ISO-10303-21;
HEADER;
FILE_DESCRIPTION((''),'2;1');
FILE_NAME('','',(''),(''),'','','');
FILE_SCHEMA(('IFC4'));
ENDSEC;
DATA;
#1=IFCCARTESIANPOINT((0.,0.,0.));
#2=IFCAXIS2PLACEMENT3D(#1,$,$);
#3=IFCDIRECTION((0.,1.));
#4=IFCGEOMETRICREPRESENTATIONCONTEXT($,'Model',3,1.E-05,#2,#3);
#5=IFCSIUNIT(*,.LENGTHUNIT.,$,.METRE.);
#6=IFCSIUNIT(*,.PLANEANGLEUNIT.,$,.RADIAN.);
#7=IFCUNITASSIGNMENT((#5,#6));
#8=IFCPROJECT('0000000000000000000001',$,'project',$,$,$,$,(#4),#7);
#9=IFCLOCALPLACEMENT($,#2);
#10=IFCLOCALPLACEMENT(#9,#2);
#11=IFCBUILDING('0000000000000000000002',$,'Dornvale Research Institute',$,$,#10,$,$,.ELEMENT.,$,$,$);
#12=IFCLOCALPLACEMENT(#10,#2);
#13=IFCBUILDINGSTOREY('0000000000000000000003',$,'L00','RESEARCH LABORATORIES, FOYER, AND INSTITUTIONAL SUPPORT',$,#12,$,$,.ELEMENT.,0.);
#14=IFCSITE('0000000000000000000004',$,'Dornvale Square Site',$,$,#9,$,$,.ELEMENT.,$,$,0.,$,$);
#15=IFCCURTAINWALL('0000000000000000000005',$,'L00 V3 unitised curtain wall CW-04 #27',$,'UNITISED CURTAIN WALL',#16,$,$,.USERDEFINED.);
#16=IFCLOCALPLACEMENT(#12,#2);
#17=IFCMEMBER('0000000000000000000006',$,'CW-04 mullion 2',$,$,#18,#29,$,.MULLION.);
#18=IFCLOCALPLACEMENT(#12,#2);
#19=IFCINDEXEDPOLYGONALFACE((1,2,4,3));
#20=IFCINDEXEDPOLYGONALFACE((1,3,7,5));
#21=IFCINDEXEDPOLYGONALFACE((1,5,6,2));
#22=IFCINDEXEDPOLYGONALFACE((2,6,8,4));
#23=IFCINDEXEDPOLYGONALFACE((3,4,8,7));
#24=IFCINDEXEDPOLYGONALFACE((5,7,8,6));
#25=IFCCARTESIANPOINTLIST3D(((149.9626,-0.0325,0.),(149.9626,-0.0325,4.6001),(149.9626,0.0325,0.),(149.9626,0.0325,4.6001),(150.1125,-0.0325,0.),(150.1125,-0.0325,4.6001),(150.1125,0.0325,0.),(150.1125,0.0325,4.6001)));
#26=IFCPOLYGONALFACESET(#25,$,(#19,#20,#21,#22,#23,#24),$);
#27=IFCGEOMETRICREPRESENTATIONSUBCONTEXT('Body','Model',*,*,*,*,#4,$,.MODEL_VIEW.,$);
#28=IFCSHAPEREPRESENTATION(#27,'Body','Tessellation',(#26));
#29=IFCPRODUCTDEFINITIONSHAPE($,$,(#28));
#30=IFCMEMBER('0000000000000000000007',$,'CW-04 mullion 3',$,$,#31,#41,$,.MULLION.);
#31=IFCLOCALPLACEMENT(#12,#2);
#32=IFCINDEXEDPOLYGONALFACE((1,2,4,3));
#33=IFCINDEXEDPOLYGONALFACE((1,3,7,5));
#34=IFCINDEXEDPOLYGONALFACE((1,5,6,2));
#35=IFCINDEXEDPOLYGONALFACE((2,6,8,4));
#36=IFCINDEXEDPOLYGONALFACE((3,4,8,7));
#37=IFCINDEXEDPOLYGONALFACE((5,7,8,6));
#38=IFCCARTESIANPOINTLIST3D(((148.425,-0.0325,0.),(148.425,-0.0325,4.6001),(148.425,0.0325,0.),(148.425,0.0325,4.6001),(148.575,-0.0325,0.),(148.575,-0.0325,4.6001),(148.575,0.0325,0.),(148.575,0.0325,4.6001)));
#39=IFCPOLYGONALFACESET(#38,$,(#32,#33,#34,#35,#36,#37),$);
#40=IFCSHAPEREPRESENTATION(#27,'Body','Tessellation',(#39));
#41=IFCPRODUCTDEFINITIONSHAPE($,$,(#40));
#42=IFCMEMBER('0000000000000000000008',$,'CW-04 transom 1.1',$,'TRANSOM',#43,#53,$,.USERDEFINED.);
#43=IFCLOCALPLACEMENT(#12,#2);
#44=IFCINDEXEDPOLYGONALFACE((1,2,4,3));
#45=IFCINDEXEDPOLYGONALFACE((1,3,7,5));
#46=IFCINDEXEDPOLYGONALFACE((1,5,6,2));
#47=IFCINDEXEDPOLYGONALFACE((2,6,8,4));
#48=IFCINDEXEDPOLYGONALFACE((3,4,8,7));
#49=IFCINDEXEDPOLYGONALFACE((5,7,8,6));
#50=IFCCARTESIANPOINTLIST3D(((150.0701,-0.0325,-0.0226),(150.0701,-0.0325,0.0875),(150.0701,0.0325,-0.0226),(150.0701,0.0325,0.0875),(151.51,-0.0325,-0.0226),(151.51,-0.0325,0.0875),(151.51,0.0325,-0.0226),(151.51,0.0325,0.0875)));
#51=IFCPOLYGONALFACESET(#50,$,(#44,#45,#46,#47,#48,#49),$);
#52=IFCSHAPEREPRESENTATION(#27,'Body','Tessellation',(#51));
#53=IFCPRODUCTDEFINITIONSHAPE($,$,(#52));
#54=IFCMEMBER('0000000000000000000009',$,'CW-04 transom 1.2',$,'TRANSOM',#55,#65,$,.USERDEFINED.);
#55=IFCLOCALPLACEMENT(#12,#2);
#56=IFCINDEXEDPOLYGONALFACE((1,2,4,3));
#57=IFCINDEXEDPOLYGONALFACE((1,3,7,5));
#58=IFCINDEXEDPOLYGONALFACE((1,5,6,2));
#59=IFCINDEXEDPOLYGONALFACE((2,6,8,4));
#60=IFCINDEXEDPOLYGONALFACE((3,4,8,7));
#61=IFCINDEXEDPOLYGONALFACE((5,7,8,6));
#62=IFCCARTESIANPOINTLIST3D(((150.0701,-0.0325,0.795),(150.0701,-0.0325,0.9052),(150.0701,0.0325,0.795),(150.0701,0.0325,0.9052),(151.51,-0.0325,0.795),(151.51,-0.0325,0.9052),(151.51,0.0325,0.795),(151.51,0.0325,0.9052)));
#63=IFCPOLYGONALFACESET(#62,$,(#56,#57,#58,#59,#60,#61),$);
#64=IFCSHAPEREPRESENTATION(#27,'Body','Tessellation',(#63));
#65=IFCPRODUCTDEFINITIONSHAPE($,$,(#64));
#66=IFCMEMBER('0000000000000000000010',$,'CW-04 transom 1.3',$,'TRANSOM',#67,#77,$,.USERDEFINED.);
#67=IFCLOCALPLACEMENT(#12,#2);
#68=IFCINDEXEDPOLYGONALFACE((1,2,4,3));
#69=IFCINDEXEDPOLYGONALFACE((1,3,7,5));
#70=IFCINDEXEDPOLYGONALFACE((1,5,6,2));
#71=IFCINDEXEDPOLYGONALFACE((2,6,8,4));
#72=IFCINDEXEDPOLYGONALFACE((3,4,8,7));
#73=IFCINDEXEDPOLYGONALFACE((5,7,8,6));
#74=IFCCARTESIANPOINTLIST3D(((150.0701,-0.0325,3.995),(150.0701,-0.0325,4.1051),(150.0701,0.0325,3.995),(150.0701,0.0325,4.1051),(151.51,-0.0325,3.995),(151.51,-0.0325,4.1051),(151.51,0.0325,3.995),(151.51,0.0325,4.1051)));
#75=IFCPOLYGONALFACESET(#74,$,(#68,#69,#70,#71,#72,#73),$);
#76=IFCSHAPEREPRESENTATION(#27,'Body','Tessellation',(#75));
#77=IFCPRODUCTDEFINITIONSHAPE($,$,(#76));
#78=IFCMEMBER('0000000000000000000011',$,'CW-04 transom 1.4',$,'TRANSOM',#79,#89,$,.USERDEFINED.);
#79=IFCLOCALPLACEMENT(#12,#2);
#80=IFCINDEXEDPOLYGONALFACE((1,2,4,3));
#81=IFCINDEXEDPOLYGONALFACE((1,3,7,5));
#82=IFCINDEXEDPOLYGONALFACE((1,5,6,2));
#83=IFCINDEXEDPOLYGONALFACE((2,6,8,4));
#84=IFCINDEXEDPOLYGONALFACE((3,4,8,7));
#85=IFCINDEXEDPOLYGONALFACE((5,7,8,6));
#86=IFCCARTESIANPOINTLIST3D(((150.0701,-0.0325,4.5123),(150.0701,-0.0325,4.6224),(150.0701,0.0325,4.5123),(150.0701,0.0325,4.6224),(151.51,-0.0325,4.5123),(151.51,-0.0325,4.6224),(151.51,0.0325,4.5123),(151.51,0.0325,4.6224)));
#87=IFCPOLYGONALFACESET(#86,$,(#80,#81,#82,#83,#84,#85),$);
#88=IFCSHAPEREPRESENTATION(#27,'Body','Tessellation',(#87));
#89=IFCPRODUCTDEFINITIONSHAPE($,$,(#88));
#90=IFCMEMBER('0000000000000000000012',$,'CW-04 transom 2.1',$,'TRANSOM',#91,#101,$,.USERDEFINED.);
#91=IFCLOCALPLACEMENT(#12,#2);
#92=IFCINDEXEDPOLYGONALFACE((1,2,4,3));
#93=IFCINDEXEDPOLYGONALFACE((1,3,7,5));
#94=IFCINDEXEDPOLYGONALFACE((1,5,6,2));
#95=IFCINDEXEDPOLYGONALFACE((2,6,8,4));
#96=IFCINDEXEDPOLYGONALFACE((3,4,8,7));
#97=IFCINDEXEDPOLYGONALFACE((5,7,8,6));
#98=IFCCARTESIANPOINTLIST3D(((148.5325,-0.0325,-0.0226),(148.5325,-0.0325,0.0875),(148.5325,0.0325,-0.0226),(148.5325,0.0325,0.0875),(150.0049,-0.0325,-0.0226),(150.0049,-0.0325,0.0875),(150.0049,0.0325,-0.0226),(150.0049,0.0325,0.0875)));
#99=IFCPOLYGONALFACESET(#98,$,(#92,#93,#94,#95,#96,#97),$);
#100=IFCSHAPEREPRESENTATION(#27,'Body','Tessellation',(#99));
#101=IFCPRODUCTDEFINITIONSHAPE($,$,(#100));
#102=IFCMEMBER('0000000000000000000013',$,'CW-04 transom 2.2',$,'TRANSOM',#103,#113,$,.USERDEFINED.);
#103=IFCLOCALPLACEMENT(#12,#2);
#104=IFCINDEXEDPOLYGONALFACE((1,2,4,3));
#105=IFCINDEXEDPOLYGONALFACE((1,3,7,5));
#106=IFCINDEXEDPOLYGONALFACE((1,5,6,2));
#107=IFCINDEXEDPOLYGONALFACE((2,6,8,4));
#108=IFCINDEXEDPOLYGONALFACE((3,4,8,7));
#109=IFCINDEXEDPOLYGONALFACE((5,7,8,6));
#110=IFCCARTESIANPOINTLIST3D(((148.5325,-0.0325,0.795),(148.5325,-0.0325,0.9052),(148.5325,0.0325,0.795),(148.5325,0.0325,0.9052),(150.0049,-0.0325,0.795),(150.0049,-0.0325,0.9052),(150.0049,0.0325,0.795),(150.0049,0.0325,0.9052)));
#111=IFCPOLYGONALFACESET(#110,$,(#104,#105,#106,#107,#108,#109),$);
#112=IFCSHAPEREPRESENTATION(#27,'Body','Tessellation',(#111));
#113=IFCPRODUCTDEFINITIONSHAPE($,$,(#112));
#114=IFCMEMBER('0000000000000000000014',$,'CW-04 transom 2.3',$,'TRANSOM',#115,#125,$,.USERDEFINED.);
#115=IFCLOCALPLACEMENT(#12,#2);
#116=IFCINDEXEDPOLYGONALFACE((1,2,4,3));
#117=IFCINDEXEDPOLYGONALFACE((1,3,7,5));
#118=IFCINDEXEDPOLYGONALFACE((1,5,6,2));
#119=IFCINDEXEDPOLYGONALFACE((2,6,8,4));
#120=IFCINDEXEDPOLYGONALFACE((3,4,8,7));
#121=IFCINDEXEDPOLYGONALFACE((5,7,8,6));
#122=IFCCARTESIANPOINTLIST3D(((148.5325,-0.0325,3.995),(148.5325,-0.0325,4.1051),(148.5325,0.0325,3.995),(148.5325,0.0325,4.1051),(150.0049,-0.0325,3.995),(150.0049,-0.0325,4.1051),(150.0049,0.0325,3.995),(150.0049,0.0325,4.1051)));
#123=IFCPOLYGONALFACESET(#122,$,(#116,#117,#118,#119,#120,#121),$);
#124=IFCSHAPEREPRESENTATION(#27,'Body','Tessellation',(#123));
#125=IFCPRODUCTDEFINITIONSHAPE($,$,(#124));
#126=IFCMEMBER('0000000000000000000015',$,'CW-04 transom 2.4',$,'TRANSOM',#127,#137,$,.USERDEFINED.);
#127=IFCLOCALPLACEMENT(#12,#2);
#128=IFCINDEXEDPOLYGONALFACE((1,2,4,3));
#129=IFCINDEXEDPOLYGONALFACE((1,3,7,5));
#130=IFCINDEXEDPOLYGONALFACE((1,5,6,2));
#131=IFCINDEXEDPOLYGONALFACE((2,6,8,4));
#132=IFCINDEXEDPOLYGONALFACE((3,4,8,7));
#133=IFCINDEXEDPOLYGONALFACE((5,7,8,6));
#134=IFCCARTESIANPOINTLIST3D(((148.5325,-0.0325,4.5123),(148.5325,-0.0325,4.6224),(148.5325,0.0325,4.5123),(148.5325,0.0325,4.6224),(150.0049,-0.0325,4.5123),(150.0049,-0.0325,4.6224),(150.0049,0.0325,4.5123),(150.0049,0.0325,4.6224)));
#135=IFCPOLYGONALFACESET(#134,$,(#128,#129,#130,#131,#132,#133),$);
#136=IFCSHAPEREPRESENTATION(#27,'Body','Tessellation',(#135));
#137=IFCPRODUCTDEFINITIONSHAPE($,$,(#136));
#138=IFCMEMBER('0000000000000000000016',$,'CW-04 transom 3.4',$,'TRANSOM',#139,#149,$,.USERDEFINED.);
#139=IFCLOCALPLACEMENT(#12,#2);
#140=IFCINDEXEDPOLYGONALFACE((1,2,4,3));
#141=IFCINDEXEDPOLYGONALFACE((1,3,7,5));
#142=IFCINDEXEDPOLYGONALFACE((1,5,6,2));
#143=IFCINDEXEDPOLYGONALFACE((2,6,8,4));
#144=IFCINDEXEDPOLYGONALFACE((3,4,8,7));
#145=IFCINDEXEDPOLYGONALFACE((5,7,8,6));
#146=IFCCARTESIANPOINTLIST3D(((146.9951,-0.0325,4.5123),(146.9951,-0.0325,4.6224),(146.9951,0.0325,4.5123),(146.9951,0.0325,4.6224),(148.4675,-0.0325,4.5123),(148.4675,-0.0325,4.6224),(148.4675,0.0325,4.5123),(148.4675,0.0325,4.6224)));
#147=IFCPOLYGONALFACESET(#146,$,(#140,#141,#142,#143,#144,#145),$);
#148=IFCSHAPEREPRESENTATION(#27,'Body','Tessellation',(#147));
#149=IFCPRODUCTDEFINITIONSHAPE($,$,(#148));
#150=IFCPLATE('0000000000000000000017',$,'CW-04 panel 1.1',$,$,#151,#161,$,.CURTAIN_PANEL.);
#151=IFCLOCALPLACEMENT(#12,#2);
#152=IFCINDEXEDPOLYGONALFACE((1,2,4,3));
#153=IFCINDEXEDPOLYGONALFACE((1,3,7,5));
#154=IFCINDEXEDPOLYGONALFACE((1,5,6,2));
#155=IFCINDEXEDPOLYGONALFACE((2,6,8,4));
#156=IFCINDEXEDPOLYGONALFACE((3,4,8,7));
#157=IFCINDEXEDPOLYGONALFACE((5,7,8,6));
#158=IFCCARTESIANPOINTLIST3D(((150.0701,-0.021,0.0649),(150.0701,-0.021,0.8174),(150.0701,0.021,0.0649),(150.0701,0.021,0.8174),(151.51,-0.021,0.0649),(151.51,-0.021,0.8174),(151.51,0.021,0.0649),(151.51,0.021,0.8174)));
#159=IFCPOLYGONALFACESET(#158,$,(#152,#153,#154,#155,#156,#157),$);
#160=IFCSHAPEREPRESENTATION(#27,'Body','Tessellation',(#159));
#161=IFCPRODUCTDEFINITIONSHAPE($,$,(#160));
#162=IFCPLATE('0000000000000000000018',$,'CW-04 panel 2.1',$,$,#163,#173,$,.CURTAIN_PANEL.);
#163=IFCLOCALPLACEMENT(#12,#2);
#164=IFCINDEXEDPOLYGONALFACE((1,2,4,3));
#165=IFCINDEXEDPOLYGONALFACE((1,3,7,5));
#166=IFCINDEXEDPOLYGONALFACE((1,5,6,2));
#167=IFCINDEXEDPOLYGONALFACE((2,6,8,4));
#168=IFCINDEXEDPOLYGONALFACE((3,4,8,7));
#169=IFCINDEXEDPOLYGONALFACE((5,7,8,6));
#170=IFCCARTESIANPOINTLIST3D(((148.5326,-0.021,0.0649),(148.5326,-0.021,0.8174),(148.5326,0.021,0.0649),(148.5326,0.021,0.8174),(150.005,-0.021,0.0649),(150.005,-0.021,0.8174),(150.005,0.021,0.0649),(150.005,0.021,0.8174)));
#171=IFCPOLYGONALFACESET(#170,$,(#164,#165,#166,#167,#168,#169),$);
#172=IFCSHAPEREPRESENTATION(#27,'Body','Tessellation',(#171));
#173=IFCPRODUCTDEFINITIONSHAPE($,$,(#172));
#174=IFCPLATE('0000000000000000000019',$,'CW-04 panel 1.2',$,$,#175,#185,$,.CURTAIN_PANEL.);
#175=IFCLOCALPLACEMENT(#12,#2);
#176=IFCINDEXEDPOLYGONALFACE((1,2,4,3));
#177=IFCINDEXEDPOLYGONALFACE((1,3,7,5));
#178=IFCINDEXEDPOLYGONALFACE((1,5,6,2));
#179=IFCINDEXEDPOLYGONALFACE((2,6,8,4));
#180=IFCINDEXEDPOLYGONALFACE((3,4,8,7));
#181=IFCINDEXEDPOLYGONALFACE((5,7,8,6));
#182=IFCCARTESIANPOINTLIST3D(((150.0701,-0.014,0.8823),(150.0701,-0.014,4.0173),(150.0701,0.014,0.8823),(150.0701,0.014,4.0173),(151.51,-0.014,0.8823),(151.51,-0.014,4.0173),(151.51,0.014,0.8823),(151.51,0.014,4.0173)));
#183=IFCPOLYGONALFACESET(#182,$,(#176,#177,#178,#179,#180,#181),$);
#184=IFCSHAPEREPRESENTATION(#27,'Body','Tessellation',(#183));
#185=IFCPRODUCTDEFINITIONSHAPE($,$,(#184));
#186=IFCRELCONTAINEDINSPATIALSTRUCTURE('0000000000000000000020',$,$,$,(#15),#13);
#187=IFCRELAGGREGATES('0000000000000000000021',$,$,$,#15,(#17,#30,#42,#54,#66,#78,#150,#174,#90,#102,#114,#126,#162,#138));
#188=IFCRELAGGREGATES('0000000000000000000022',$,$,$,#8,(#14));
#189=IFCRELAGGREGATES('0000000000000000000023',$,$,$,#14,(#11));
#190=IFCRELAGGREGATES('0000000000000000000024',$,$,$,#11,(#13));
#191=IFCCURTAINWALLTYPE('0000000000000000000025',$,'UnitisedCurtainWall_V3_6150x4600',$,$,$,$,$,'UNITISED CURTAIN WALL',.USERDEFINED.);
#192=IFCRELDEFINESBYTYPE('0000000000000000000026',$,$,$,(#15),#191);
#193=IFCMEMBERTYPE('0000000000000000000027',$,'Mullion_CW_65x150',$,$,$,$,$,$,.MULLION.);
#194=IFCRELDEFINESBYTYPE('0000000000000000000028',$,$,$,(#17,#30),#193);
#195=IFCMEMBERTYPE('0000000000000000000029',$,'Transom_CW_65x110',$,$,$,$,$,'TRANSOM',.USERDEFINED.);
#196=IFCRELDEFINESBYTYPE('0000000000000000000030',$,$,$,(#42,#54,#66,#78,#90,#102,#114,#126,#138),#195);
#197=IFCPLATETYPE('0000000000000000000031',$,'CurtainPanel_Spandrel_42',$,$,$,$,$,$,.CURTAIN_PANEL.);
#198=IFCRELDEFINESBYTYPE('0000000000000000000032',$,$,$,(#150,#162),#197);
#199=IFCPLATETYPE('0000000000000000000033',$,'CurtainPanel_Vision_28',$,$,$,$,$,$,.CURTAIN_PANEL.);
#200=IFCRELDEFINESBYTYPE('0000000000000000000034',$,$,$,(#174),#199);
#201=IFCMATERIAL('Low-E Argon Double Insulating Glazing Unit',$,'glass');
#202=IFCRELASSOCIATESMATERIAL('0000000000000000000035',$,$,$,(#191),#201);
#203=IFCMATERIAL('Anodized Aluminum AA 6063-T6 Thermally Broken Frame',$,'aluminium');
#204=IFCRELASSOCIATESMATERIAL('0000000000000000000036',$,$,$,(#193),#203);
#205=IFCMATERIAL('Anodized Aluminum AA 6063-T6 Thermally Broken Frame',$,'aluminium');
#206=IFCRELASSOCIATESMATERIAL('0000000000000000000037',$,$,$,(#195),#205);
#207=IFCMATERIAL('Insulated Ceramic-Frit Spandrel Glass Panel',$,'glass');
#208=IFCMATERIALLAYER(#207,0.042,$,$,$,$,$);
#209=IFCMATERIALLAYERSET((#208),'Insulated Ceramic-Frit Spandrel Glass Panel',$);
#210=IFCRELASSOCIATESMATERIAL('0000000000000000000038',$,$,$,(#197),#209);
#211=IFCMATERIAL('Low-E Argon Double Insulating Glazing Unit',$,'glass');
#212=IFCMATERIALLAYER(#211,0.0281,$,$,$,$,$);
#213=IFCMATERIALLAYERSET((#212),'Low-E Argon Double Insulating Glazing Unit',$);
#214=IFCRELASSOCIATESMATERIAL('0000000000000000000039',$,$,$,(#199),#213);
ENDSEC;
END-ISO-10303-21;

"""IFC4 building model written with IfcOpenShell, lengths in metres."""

from ifc_helpers import new_model, si_unit, direction, frame, origin, origin_2d, place, context, subcontext, project, spatial, rectangle, extrude, material, layer, layer_set, material_profile, profile_set, type_object, element, aggregate, save


model = new_model("IFC4")

# Units and contexts
model_context = context("Model", 3, precision=1e-05, world=origin(), true_north=direction((0.0, 1.0)))
body_context = subcontext(model_context, "Body", "Model", "MODEL_VIEW")
ifc_project = project(units=[si_unit("LENGTHUNIT", "METRE"), si_unit("PLANEANGLEUNIT", "RADIAN")], contexts=[model_context])

# Site, building, storey
site_placement = place(None, origin())
site = spatial("IfcSite", under=ifc_project, at=site_placement, Name="Dornvale Square Site", CompositionType="ELEMENT", RefElevation=0.0)
building_placement = place(site_placement, origin())
building = spatial("IfcBuilding", under=site, at=building_placement, Name="Dornvale Research Institute", CompositionType="ELEMENT")
storey_placement = place(building_placement, origin())
storey = spatial("IfcBuildingStorey", under=building, at=storey_placement, Name="L00", Description="RESEARCH LABORATORIES, FOYER, AND INSTITUTIONAL SUPPORT", CompositionType="ELEMENT", Elevation=0.0)

# Curtain wall, members, plates
ifc_material_1 = material(Name="Low-E Argon Double Insulating Glazing Unit", Category="glass")
curtain_wall_type = type_object("IfcCurtainWallType", Name="UnitisedCurtainWall_V3_6150x4600", ElementType="UNITISED CURTAIN WALL", PredefinedType="USERDEFINED", material=ifc_material_1)
curtain_wall_placement = place(storey_placement, origin())
curtain_wall = element("IfcCurtainWall", 1, at=curtain_wall_placement, inside=storey, type_object=curtain_wall_type, Name="L00 V3 unitised curtain wall CW-04 #27", ObjectType="UNITISED CURTAIN WALL", PredefinedType="USERDEFINED")
ifc_material_2 = material(Name="Anodized Aluminum AA 6063-T6 Thermally Broken Frame", Category="aluminium")
ifc_material_profile_1 = material_profile(ifc_material_2, rectangle(XDim=0.0649, YDim=0.1499, at=origin_2d()), Name="ALU MULLION 65x150")
ifc_profile_set_1 = profile_set([ifc_material_profile_1], Name="Anodized Aluminum AA 6063-T6 Thermally Broken Frame")
member_type_1 = type_object("IfcMemberType", Name="Mullion_CW_65x150", PredefinedType="MULLION", material=ifc_profile_set_1)
member_1_placement = place(storey_placement, frame((150.0376, 0.0, 0.0), z_axis=(0.0, 0.0, 1.0), x_axis=(0.0, -1.0, 0.0)))
member_1 = element("IfcMember", 2, at=member_1_placement, type_object=member_type_1, Name="CW-04 mullion 2", PredefinedType="MULLION", context=body_context, shape_type="SweptSolid", body=[
    extrude(rectangle(XDim=0.0649, YDim=0.1499, at=origin_2d()), origin(), (0.0, 0.0, 1.0), 4.6001),
])
member_2_placement = place(storey_placement, frame((148.5, 0.0, 0.0), z_axis=(0.0, 0.0, 1.0), x_axis=(0.0, -1.0, 0.0)))
member_2 = element("IfcMember", 3, at=member_2_placement, type_object=member_type_1, Name="CW-04 mullion 3", PredefinedType="MULLION", context=body_context, shape_type="SweptSolid", body=[
    extrude(rectangle(XDim=0.0649, YDim=0.1499, at=origin_2d()), origin(), (0.0, 0.0, 1.0), 4.6001),
])
ifc_material_3 = material(Name="Anodized Aluminum AA 6063-T6 Thermally Broken Frame", Category="aluminium")
ifc_material_profile_2 = material_profile(ifc_material_3, rectangle(XDim=0.0649, YDim=0.1101, at=origin_2d()), Name="ALU TRANSOM 65x110")
ifc_profile_set_2 = profile_set([ifc_material_profile_2], Name="Anodized Aluminum AA 6063-T6 Thermally Broken Frame")
member_type_2 = type_object("IfcMemberType", Name="Transom_CW_65x110", ElementType="TRANSOM", PredefinedType="USERDEFINED", material=ifc_profile_set_2)
member_3_placement = place(storey_placement, frame((151.51, 0.0, 0.0325), z_axis=(-1.0, 0.0, 0.0), x_axis=(0.0, -1.0, 0.0)))
member_3 = element("IfcMember", 4, at=member_3_placement, type_object=member_type_2, Name="CW-04 transom 1.1", ObjectType="TRANSOM", PredefinedType="USERDEFINED", context=body_context, shape_type="SweptSolid", body=[
    extrude(rectangle(XDim=0.0649, YDim=0.1101, at=origin_2d()), origin(), (0.0, 0.0, 1.0), 1.4399),
])
member_4_placement = place(storey_placement, frame((151.51, 0.0, 0.8501), z_axis=(-1.0, 0.0, 0.0), x_axis=(0.0, -1.0, 0.0)))
member_4 = element("IfcMember", 5, at=member_4_placement, type_object=member_type_2, Name="CW-04 transom 1.2", ObjectType="TRANSOM", PredefinedType="USERDEFINED", context=body_context, shape_type="SweptSolid", body=[
    extrude(rectangle(XDim=0.0649, YDim=0.1101, at=origin_2d()), origin(), (0.0, 0.0, 1.0), 1.4399),
])
member_5_placement = place(storey_placement, frame((151.51, 0.0, 4.05), z_axis=(-1.0, 0.0, 0.0), x_axis=(0.0, -1.0, 0.0)))
member_5 = element("IfcMember", 6, at=member_5_placement, type_object=member_type_2, Name="CW-04 transom 1.3", ObjectType="TRANSOM", PredefinedType="USERDEFINED", context=body_context, shape_type="SweptSolid", body=[
    extrude(rectangle(XDim=0.0649, YDim=0.1101, at=origin_2d()), origin(), (0.0, 0.0, 1.0), 1.4399),
])
member_6_placement = place(storey_placement, frame((151.51, 0.0, 4.5674), z_axis=(-1.0, 0.0, 0.0), x_axis=(0.0, -1.0, 0.0)))
member_6 = element("IfcMember", 7, at=member_6_placement, type_object=member_type_2, Name="CW-04 transom 1.4", ObjectType="TRANSOM", PredefinedType="USERDEFINED", context=body_context, shape_type="SweptSolid", body=[
    extrude(rectangle(XDim=0.0649, YDim=0.1101, at=origin_2d()), origin(), (0.0, 0.0, 1.0), 1.4399),
])
member_7_placement = place(storey_placement, frame((150.0049, 0.0, 0.0325), z_axis=(-1.0, 0.0, 0.0), x_axis=(0.0, -1.0, 0.0)))
member_7 = element("IfcMember", 8, at=member_7_placement, type_object=member_type_2, Name="CW-04 transom 2.1", ObjectType="TRANSOM", PredefinedType="USERDEFINED", context=body_context, shape_type="SweptSolid", body=[
    extrude(rectangle(XDim=0.0649, YDim=0.1101, at=origin_2d()), origin(), (0.0, 0.0, 1.0), 1.4724),
])
member_8_placement = place(storey_placement, frame((150.0049, 0.0, 0.8501), z_axis=(-1.0, 0.0, 0.0), x_axis=(0.0, -1.0, 0.0)))
member_8 = element("IfcMember", 9, at=member_8_placement, type_object=member_type_2, Name="CW-04 transom 2.2", ObjectType="TRANSOM", PredefinedType="USERDEFINED", context=body_context, shape_type="SweptSolid", body=[
    extrude(rectangle(XDim=0.0649, YDim=0.1101, at=origin_2d()), origin(), (0.0, 0.0, 1.0), 1.4724),
])
member_9_placement = place(storey_placement, frame((150.0049, 0.0, 4.05), z_axis=(-1.0, 0.0, 0.0), x_axis=(0.0, -1.0, 0.0)))
member_9 = element("IfcMember", 10, at=member_9_placement, type_object=member_type_2, Name="CW-04 transom 2.3", ObjectType="TRANSOM", PredefinedType="USERDEFINED", context=body_context, shape_type="SweptSolid", body=[
    extrude(rectangle(XDim=0.0649, YDim=0.1101, at=origin_2d()), origin(), (0.0, 0.0, 1.0), 1.4724),
])
member_10_placement = place(storey_placement, frame((150.0049, 0.0, 4.5674), z_axis=(-1.0, 0.0, 0.0), x_axis=(0.0, -1.0, 0.0)))
member_10 = element("IfcMember", 11, at=member_10_placement, type_object=member_type_2, Name="CW-04 transom 2.4", ObjectType="TRANSOM", PredefinedType="USERDEFINED", context=body_context, shape_type="SweptSolid", body=[
    extrude(rectangle(XDim=0.0649, YDim=0.1101, at=origin_2d()), origin(), (0.0, 0.0, 1.0), 1.4724),
])
member_11_placement = place(storey_placement, frame((148.4675, 0.0, 4.5674), z_axis=(-1.0, 0.0, 0.0), x_axis=(0.0, -1.0, 0.0)))
member_11 = element("IfcMember", 12, at=member_11_placement, type_object=member_type_2, Name="CW-04 transom 3.4", ObjectType="TRANSOM", PredefinedType="USERDEFINED", context=body_context, shape_type="SweptSolid", body=[
    extrude(rectangle(XDim=0.0649, YDim=0.1101, at=origin_2d()), origin(), (0.0, 0.0, 1.0), 1.4724),
])
ifc_material_4 = material(Name="Insulated Ceramic-Frit Spandrel Glass Panel", Category="glass")
ifc_layer_1 = layer(ifc_material_4, 0.042)
ifc_layer_set_1 = layer_set([ifc_layer_1], Name="Insulated Ceramic-Frit Spandrel Glass Panel")
plate_type_1 = type_object("IfcPlateType", Name="CurtainPanel_Spandrel_42", PredefinedType="CURTAIN_PANEL", material=ifc_layer_set_1)
plate_1_placement = place(storey_placement, frame((150.79, 0.0, 0.0649), z_axis=(0.0, 0.0, 1.0), x_axis=(-1.0, 0.0, 0.0)))
plate_1 = element("IfcPlate", 13, at=plate_1_placement, type_object=plate_type_1, Name="CW-04 panel 1.1", PredefinedType="CURTAIN_PANEL", context=body_context, shape_type="SweptSolid", body=[
    extrude(rectangle(XDim=1.4399, YDim=0.042, at=origin_2d()), origin(), (0.0, 0.0, 1.0), 0.7524),
])
plate_2_placement = place(storey_placement, frame((149.2688, 0.0, 0.0649), z_axis=(0.0, 0.0, 1.0), x_axis=(-1.0, 0.0, 0.0)))
plate_2 = element("IfcPlate", 14, at=plate_2_placement, type_object=plate_type_1, Name="CW-04 panel 2.1", PredefinedType="CURTAIN_PANEL", context=body_context, shape_type="SweptSolid", body=[
    extrude(rectangle(XDim=1.4724, YDim=0.042, at=origin_2d()), origin(), (0.0, 0.0, 1.0), 0.7524),
])
ifc_material_5 = material(Name="Low-E Argon Double Insulating Glazing Unit", Category="glass")
ifc_layer_2 = layer(ifc_material_5, 0.0281)
ifc_layer_set_2 = layer_set([ifc_layer_2], Name="Low-E Argon Double Insulating Glazing Unit")
plate_type_2 = type_object("IfcPlateType", Name="CurtainPanel_Vision_28", PredefinedType="CURTAIN_PANEL", material=ifc_layer_set_2)
plate_3_placement = place(storey_placement, frame((150.79, 0.0, 0.8823), z_axis=(0.0, 0.0, 1.0), x_axis=(-1.0, 0.0, 0.0)))
plate_3 = element("IfcPlate", 15, at=plate_3_placement, type_object=plate_type_2, Name="CW-04 panel 1.2", PredefinedType="CURTAIN_PANEL", context=body_context, shape_type="SweptSolid", body=[
    extrude(rectangle(XDim=1.4399, YDim=0.0281, at=origin_2d()), origin(), (0.0, 0.0, 1.0), 3.135),
])
aggregate(curtain_wall, [member_1, member_2, member_3, member_4, member_5, member_6, plate_1, plate_3, member_7, member_8, member_9, member_10, plate_2, member_11])

save(model, "model.ifc")
